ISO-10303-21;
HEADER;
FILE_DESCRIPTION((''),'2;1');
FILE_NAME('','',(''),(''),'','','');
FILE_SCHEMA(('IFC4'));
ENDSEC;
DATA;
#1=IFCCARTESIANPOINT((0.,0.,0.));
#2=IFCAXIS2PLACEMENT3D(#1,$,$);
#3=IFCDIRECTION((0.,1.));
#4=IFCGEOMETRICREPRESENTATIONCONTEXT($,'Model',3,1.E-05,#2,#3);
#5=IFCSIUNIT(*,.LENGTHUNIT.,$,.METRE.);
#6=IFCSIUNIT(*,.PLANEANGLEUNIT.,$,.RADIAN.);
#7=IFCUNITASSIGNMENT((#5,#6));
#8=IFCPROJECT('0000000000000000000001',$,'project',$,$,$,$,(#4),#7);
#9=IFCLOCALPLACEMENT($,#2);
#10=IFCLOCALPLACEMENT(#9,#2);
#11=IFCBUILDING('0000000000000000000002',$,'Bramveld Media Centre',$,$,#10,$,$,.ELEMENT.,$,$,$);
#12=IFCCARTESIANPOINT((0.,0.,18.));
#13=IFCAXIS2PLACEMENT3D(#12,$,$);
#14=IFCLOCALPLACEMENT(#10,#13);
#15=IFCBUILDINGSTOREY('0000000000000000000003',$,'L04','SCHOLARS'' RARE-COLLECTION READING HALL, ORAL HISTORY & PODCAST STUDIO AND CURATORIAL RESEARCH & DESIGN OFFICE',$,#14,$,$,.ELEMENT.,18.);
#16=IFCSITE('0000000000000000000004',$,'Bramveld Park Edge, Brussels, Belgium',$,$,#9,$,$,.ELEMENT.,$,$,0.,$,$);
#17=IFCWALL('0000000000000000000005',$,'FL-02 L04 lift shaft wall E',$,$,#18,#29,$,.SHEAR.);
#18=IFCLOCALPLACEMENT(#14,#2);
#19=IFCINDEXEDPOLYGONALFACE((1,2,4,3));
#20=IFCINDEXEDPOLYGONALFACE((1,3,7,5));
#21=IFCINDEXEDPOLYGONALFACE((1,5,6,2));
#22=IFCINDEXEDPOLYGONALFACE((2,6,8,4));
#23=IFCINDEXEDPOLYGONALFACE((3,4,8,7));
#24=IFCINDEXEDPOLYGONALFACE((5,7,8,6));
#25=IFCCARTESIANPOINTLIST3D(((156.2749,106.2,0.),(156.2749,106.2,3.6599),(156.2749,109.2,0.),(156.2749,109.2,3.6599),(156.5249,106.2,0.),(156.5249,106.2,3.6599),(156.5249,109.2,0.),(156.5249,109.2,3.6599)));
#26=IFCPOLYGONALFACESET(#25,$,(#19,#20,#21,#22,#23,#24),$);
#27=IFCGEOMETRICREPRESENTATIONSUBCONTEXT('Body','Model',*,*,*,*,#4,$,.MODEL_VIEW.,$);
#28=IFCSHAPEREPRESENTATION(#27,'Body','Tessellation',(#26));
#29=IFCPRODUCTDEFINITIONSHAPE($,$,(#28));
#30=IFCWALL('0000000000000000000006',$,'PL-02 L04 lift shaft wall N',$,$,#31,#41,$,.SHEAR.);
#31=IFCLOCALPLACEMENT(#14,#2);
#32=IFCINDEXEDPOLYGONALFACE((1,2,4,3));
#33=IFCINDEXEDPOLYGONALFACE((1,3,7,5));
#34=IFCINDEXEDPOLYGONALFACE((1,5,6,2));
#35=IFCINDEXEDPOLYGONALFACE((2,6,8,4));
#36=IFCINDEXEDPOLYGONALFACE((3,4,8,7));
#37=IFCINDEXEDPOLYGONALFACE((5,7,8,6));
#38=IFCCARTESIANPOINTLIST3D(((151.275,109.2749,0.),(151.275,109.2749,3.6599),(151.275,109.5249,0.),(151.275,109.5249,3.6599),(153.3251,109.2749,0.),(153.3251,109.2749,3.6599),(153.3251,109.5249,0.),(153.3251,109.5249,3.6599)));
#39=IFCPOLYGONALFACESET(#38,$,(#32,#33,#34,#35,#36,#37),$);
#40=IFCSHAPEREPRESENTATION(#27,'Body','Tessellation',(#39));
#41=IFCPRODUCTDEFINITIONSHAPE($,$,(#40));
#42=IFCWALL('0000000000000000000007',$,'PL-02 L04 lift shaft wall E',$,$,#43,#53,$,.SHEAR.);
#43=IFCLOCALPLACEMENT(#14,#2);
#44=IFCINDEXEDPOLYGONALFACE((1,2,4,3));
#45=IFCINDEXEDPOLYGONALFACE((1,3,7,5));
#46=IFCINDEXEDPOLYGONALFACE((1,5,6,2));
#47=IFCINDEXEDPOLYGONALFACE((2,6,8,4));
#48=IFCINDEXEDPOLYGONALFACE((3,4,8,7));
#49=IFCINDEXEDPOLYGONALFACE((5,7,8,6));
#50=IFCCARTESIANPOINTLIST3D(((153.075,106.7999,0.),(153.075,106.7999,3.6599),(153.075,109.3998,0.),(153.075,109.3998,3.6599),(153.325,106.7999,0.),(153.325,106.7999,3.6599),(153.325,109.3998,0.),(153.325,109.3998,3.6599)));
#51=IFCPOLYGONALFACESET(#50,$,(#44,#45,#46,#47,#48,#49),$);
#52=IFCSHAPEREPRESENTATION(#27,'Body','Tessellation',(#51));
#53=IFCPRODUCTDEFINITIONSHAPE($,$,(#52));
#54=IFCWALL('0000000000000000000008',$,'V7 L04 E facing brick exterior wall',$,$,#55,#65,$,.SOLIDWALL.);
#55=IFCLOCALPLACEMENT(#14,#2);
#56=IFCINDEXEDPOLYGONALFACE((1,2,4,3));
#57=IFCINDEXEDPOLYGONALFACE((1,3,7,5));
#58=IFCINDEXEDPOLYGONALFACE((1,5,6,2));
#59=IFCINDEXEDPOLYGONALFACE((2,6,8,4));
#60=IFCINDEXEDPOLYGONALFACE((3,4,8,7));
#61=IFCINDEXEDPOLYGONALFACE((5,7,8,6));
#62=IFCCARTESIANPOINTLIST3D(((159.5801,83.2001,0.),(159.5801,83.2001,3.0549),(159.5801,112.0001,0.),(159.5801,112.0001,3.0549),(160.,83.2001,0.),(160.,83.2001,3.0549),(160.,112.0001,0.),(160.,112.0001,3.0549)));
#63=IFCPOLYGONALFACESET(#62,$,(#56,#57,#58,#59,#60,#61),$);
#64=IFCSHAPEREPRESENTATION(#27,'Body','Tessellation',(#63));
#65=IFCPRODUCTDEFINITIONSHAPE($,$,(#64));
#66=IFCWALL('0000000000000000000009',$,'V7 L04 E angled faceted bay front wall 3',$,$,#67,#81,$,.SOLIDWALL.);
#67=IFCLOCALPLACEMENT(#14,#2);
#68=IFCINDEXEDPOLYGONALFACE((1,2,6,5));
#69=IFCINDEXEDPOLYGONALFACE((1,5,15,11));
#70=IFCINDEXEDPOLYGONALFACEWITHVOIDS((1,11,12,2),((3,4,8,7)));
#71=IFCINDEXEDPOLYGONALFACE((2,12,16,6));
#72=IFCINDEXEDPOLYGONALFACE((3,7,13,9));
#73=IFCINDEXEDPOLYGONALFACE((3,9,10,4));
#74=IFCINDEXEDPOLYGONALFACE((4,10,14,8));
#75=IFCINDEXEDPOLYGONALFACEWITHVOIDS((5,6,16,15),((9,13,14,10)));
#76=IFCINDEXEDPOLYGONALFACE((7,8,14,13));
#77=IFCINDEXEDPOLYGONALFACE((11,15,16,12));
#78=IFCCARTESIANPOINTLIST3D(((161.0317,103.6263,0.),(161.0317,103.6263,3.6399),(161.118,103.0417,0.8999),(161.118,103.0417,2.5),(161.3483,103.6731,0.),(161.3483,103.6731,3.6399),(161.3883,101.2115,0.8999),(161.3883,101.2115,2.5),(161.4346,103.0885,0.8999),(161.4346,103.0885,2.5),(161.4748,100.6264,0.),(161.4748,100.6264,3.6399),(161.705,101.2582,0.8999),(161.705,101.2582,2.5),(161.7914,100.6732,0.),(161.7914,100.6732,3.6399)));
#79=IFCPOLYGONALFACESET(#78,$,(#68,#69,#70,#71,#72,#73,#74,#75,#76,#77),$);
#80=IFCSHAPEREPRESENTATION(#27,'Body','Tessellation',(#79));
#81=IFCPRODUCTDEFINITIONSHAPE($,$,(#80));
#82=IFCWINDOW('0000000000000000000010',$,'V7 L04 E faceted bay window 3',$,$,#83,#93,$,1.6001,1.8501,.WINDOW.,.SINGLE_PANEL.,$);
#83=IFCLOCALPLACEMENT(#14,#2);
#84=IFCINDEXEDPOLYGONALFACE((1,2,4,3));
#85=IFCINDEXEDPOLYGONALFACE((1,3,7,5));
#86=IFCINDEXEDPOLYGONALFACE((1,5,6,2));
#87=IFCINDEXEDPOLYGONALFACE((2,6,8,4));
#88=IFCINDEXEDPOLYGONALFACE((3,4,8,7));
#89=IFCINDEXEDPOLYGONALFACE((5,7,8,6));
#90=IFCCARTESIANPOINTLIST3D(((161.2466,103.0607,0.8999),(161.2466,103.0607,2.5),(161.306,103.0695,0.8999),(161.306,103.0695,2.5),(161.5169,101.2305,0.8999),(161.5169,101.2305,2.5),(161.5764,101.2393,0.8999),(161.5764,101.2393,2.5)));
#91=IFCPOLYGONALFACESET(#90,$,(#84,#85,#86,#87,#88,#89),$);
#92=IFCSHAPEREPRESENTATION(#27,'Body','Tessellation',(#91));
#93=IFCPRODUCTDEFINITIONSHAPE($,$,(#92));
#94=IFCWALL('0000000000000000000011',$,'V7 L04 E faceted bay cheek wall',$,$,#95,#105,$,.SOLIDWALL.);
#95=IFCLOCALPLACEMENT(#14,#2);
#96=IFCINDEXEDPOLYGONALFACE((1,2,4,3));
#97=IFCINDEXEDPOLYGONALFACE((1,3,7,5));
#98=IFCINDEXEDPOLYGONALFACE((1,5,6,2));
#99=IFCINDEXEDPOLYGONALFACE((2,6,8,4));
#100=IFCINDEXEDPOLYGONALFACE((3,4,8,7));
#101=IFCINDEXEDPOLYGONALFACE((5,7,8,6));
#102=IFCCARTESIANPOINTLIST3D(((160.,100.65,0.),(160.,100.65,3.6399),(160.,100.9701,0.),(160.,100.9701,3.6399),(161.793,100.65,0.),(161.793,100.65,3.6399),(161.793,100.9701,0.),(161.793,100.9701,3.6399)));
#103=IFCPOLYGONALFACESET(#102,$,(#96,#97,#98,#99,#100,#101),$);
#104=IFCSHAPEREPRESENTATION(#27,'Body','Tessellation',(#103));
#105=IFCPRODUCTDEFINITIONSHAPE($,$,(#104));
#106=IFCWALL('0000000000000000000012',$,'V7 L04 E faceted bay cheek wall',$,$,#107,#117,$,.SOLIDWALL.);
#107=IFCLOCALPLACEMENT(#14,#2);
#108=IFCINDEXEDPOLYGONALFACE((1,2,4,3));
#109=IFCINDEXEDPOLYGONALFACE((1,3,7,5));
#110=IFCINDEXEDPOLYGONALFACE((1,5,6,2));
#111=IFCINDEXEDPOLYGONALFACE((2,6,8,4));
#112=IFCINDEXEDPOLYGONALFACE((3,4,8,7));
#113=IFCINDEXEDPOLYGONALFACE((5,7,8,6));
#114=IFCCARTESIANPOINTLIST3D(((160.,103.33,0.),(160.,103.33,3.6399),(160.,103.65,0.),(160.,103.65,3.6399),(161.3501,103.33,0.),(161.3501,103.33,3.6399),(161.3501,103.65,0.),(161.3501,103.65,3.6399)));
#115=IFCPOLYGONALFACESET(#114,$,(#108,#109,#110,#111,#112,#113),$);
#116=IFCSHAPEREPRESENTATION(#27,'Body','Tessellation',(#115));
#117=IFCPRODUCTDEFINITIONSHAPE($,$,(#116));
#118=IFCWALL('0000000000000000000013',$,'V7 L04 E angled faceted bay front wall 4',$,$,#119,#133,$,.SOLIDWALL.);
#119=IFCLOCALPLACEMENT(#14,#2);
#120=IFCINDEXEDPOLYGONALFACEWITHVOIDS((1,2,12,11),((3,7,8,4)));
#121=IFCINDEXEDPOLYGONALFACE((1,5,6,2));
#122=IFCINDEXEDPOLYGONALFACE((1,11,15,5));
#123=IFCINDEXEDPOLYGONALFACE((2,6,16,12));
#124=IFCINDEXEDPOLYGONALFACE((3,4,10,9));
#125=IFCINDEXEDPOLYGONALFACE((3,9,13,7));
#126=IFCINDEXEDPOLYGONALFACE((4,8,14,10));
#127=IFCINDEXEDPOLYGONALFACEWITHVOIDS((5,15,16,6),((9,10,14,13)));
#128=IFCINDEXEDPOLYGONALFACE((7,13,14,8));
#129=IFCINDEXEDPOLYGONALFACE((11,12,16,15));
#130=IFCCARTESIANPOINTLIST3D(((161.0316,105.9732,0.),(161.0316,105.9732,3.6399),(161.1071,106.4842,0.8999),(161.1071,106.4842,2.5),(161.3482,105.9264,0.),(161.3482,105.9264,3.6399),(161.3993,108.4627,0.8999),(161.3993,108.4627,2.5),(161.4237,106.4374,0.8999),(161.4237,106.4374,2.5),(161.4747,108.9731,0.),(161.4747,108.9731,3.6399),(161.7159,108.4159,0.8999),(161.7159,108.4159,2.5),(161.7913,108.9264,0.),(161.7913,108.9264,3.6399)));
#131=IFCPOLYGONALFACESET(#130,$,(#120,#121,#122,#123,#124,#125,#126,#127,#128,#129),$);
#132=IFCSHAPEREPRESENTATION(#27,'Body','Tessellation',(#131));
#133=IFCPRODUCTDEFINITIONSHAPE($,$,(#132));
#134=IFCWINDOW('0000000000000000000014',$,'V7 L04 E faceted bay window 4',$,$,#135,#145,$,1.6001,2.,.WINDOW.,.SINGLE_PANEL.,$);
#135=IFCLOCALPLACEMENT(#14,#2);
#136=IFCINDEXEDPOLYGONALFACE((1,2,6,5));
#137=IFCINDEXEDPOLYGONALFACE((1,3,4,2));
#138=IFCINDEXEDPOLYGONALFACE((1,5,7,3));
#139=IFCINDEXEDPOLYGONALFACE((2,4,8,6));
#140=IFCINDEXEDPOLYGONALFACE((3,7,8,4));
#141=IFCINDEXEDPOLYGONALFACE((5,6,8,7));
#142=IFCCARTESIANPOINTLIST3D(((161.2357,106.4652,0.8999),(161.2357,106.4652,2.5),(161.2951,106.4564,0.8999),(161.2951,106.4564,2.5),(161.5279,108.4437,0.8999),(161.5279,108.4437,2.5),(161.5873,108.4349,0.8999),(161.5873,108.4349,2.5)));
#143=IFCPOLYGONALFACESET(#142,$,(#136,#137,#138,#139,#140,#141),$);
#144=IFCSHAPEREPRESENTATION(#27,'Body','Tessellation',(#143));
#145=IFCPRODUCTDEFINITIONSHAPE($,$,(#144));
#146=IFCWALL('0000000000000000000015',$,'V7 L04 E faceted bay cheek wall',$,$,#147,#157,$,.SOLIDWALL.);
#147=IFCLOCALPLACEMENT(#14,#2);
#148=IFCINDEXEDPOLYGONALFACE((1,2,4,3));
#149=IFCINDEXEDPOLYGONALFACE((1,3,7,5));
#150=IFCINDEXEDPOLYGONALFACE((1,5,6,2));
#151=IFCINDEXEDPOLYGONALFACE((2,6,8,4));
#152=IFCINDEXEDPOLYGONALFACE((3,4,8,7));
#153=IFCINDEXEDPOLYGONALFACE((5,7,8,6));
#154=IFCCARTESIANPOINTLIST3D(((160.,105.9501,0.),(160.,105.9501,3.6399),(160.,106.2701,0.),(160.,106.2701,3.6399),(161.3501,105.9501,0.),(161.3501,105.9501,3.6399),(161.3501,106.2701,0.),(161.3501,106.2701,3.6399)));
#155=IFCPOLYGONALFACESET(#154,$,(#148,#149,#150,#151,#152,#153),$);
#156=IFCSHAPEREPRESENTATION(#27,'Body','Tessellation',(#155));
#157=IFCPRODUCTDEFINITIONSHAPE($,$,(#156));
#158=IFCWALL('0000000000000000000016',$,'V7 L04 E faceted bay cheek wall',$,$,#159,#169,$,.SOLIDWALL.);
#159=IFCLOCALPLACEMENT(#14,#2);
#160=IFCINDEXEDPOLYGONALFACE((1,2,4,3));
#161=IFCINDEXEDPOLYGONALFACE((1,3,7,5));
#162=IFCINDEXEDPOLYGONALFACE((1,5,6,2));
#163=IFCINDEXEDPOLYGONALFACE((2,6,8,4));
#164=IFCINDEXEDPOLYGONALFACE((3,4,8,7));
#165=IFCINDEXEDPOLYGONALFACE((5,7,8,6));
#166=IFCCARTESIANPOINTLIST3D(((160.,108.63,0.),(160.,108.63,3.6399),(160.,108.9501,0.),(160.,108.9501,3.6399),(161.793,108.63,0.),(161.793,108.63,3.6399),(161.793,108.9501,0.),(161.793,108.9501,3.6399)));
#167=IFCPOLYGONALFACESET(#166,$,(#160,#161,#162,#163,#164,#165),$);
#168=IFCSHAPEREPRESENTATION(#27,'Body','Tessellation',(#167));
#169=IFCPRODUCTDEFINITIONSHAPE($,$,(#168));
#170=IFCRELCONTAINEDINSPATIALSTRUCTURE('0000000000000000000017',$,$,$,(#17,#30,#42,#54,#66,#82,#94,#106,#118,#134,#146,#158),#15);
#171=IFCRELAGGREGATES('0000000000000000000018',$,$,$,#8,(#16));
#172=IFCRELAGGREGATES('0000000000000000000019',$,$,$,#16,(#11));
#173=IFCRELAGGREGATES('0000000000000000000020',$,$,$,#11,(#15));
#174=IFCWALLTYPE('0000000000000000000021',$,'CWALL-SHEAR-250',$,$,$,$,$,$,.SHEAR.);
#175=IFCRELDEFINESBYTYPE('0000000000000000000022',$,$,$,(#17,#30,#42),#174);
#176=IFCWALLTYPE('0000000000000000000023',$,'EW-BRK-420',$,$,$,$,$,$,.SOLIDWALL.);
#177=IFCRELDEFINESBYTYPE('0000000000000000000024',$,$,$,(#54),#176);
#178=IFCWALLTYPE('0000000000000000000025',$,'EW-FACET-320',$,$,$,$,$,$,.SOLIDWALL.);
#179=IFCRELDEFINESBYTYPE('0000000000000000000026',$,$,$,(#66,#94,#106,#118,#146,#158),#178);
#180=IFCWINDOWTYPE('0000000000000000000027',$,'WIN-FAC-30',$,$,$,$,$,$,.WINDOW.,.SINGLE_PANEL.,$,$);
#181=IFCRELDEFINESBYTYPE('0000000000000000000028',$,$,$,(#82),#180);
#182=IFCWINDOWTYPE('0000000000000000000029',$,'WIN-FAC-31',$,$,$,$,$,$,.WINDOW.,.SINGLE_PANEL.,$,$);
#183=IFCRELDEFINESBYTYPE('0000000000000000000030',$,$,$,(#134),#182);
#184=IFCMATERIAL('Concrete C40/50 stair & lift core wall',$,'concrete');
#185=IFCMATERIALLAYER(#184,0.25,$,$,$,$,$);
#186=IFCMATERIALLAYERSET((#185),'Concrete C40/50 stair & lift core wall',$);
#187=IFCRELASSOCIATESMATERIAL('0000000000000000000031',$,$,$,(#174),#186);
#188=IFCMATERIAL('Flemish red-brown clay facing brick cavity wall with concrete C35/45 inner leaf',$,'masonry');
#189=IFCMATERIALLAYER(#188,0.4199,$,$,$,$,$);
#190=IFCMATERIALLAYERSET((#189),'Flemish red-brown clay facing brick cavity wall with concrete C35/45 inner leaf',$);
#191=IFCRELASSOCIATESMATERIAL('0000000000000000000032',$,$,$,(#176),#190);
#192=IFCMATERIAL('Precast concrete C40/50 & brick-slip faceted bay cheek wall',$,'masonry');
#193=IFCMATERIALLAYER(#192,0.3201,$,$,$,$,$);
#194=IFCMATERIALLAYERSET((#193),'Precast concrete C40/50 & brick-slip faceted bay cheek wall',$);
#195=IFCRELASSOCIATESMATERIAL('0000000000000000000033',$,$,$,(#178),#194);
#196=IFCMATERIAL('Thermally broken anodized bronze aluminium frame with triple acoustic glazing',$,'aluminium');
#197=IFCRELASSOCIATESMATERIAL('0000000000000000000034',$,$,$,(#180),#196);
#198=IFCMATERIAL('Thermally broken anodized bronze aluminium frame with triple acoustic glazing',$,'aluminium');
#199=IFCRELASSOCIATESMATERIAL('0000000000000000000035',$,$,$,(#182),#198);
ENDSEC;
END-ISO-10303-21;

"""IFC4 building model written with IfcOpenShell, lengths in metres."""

from ifc_helpers import new_model, si_unit, direction, frame, frame_2d, origin, place, context, subcontext, project, spatial, rectangle, extrude, material, layer, layer_set, type_object, element, fill, save


model = new_model("IFC4")

# Units and contexts
model_context = context("Model", 3, precision=1e-05, world=origin(), true_north=direction((0.0, 1.0)))
body_context = subcontext(model_context, "Body", "Model", "MODEL_VIEW")
ifc_project = project(units=[si_unit("LENGTHUNIT", "METRE"), si_unit("PLANEANGLEUNIT", "RADIAN")], contexts=[model_context])

# Site, building, storey
site_placement = place(None, origin())
site = spatial("IfcSite", under=ifc_project, at=site_placement, Name="Bramveld Park Edge, Brussels, Belgium", CompositionType="ELEMENT", RefElevation=0.0)
building_placement = place(site_placement, origin())
building = spatial("IfcBuilding", under=site, at=building_placement, Name="Bramveld Media Centre", CompositionType="ELEMENT")
storey_placement = place(building_placement, frame((0.0, 0.0, 18.0)))
storey = spatial("IfcBuildingStorey", under=building, at=storey_placement, Name="L04", Description="SCHOLARS' RARE-COLLECTION READING HALL, ORAL HISTORY & PODCAST STUDIO AND CURATORIAL RESEARCH & DESIGN OFFICE", CompositionType="ELEMENT", Elevation=18.0)

# Shared definitions
ifc_material_1 = material(Name="Concrete C40/50 stair & lift core wall", Category="concrete")
ifc_layer_1 = layer(ifc_material_1, 0.25)
ifc_layer_set_1 = layer_set([ifc_layer_1], Name="Concrete C40/50 stair & lift core wall")
wall_type_1 = type_object("IfcWallType", Name="CWALL-SHEAR-250", PredefinedType="SHEAR", material=ifc_layer_set_1)

# Walls
for number, where, z_axis, x_axis, name in (
    (1, (156.3999, 106.2, 0.0), (0.0, 0.0, 1.0), (0.0, 1.0, 0.0), "FL-02 L04 lift shaft wall E"),
):
    element("IfcWall", number, at=place(storey_placement, frame(where, z_axis=z_axis, x_axis=x_axis)), inside=storey, type_object=wall_type_1, Name=name, PredefinedType="SHEAR", context=body_context, shape_type="SweptSolid", body=[
        extrude(rectangle(XDim=3.0, YDim=0.25, at=frame_2d((1.5, 0.0))), origin(), (0.0, 0.0, 1.0), 3.6599),
    ])
wall_1_placement = place(storey_placement, frame((153.325, 109.3999, 0.0), z_axis=(0.0, 0.0, 1.0), x_axis=(-1.0, 0.0, 0.0)))
element("IfcWall", 2, at=wall_1_placement, inside=storey, type_object=wall_type_1, Name="PL-02 L04 lift shaft wall N", PredefinedType="SHEAR", context=body_context, shape_type="SweptSolid", body=[
    extrude(rectangle(XDim=2.05, YDim=0.25, at=frame_2d((1.0249, 0.0))), origin(), (0.0, 0.0, 1.0), 3.6599),
])
wall_2_placement = place(storey_placement, frame((153.2, 106.8, 0.0), z_axis=(0.0, 0.0, 1.0), x_axis=(0.0, 1.0, 0.0)))
element("IfcWall", 3, at=wall_2_placement, inside=storey, type_object=wall_type_1, Name="PL-02 L04 lift shaft wall E", PredefinedType="SHEAR", context=body_context, shape_type="SweptSolid", body=[
    extrude(rectangle(XDim=2.5999, YDim=0.25, at=frame_2d((1.2998, 0.0))), origin(), (0.0, 0.0, 1.0), 3.6599),
])
ifc_material_2 = material(Name="Flemish red-brown clay facing brick cavity wall with concrete C35/45 inner leaf", Category="masonry")
ifc_layer_2 = layer(ifc_material_2, 0.4199)
ifc_layer_set_2 = layer_set([ifc_layer_2], Name="Flemish red-brown clay facing brick cavity wall with concrete C35/45 inner leaf")
wall_type_2 = type_object("IfcWallType", Name="EW-BRK-420", PredefinedType="SOLIDWALL", material=ifc_layer_set_2)
wall_3_placement = place(storey_placement, frame((159.79, 112.0, 0.0), z_axis=(0.0, 0.0, 1.0), x_axis=(0.0, -1.0, 0.0)))
element("IfcWall", 4, at=wall_3_placement, inside=storey, type_object=wall_type_2, Name="V7 L04 E facing brick exterior wall", PredefinedType="SOLIDWALL", context=body_context, shape_type="SweptSolid", body=[
    extrude(rectangle(XDim=28.8, YDim=0.4199, at=frame_2d((14.3999, 0.0))), origin(), (0.0, 0.0, 1.0), 3.0549),
])

# Wall, opening, window
ifc_material_3 = material(Name="Precast concrete C40/50 & brick-slip faceted bay cheek wall", Category="masonry")
ifc_layer_3 = layer(ifc_material_3, 0.3201)
ifc_layer_set_3 = layer_set([ifc_layer_3], Name="Precast concrete C40/50 & brick-slip faceted bay cheek wall")
wall_type_3 = type_object("IfcWallType", Name="EW-FACET-320", PredefinedType="SOLIDWALL", material=ifc_layer_set_3)
wall_4_placement = place(storey_placement, frame((161.6331, 100.6499, 0.0), z_axis=(0.0, 0.0, 1.0), x_axis=(-0.14612, 0.989267, 0.0)))
wall_4 = element("IfcWall", 5, at=wall_4_placement, inside=storey, type_object=wall_type_3, Name="V7 L04 E angled faceted bay front wall 3", PredefinedType="SOLIDWALL", context=body_context, shape_type="SweptSolid", body=[
    extrude(rectangle(XDim=3.0325, YDim=0.3201, at=frame_2d((1.5161, 0.0))), origin(), (0.0, 0.0, 1.0), 3.6399),
])
opening_1_placement = place(wall_4_placement, frame((0.5913, 0.0, 0.8999)))
opening_1 = element("IfcOpeningElement", 6, at=opening_1_placement, cuts=wall_4, PredefinedType="OPENING", context=body_context, shape_type="SweptSolid", body=[
    extrude(rectangle(XDim=1.8501, YDim=1.6001, at=frame_2d((0.925, 0.8))), frame((0.0, 0.1719, 0.0), z_axis=(0.0, -1.0, 0.0), x_axis=(1.0, 0.0, 0.0)), (0.0, 0.0, 1.0), 0.344),
])
ifc_material_4 = material(Name="Thermally broken anodized bronze aluminium frame with triple acoustic glazing", Category="aluminium")
window_type_1 = type_object("IfcWindowType", Name="WIN-FAC-30", PartitioningType="SINGLE_PANEL", PredefinedType="WINDOW", material=ifc_material_4)
window_1_placement = place(opening_1_placement, origin())
window_1 = element("IfcWindow", 7, at=window_1_placement, inside=storey, type_object=window_type_1, Name="V7 L04 E faceted bay window 3", OverallHeight=1.6001, OverallWidth=1.8501, PartitioningType="SINGLE_PANEL", PredefinedType="WINDOW", context=body_context, shape_type="SweptSolid", body=[
    extrude(rectangle(XDim=1.8501, YDim=1.6001, at=frame_2d((0.925, 0.8))), frame((0.0, 0.03, 0.0), z_axis=(0.0, -1.0, 0.0), x_axis=(1.0, 0.0, 0.0)), (0.0, 0.0, 1.0), 0.0601),
])
fill(opening_1, window_1)

# Walls
wall_5_placement = place(storey_placement, frame((160.0, 100.8101, 0.0), z_axis=(0.0, 0.0, 1.0), x_axis=(1.0, 0.0, 0.0)))
element("IfcWall", 8, at=wall_5_placement, inside=storey, type_object=wall_type_3, Name="V7 L04 E faceted bay cheek wall", PredefinedType="SOLIDWALL", context=body_context, shape_type="SweptSolid", body=[
    extrude(rectangle(XDim=1.793, YDim=0.3201, at=frame_2d((0.8965, 0.0))), origin(), (0.0, 0.0, 1.0), 3.6399),
])
wall_6_placement = place(storey_placement, frame((160.0, 103.49, 0.0), z_axis=(0.0, 0.0, 1.0), x_axis=(1.0, 0.0, 0.0)))
element("IfcWall", 9, at=wall_6_placement, inside=storey, type_object=wall_type_3, Name="V7 L04 E faceted bay cheek wall", PredefinedType="SOLIDWALL", context=body_context, shape_type="SweptSolid", body=[
    extrude(rectangle(XDim=1.3501, YDim=0.3201, at=frame_2d((0.675, 0.0))), origin(), (0.0, 0.0, 1.0), 3.6399),
])

# Wall, opening, window
wall_7_placement = place(storey_placement, frame((161.1899, 105.95, 0.0), z_axis=(0.0, 0.0, 1.0), x_axis=(0.14612, 0.989267, 0.0)))
wall_7 = element("IfcWall", 10, at=wall_7_placement, inside=storey, type_object=wall_type_3, Name="V7 L04 E angled faceted bay front wall 4", PredefinedType="SOLIDWALL", context=body_context, shape_type="SweptSolid", body=[
    extrude(rectangle(XDim=3.0325, YDim=0.3201, at=frame_2d((1.5161, 0.0))), origin(), (0.0, 0.0, 1.0), 3.6399),
])
opening_2_placement = place(wall_7_placement, frame((0.5164, 0.0, 0.8999)))
opening_2 = element("IfcOpeningElement", 11, at=opening_2_placement, cuts=wall_7, PredefinedType="OPENING", context=body_context, shape_type="SweptSolid", body=[
    extrude(rectangle(XDim=2.0, YDim=1.6001, at=frame_2d((1.0, 0.8))), frame((0.0, 0.1719, 0.0), z_axis=(0.0, -1.0, 0.0), x_axis=(1.0, 0.0, 0.0)), (0.0, 0.0, 1.0), 0.344),
])
ifc_material_5 = material(Name="Thermally broken anodized bronze aluminium frame with triple acoustic glazing", Category="aluminium")
window_type_2 = type_object("IfcWindowType", Name="WIN-FAC-31", PartitioningType="SINGLE_PANEL", PredefinedType="WINDOW", material=ifc_material_5)
window_2_placement = place(opening_2_placement, origin())
window_2 = element("IfcWindow", 12, at=window_2_placement, inside=storey, type_object=window_type_2, Name="V7 L04 E faceted bay window 4", OverallHeight=1.6001, OverallWidth=2.0, PartitioningType="SINGLE_PANEL", PredefinedType="WINDOW", context=body_context, shape_type="SweptSolid", body=[
    extrude(rectangle(XDim=2.0, YDim=1.6001, at=frame_2d((1.0, 0.8))), frame((0.0, 0.03, 0.0), z_axis=(0.0, -1.0, 0.0), x_axis=(1.0, 0.0, 0.0)), (0.0, 0.0, 1.0), 0.0601),
])
fill(opening_2, window_2)

# Walls
wall_8_placement = place(storey_placement, frame((160.0, 106.1101, 0.0), z_axis=(0.0, 0.0, 1.0), x_axis=(1.0, 0.0, 0.0)))
element("IfcWall", 13, at=wall_8_placement, inside=storey, type_object=wall_type_3, Name="V7 L04 E faceted bay cheek wall", PredefinedType="SOLIDWALL", context=body_context, shape_type="SweptSolid", body=[
    extrude(rectangle(XDim=1.3501, YDim=0.3201, at=frame_2d((0.675, 0.0))), origin(), (0.0, 0.0, 1.0), 3.6399),
])
wall_9_placement = place(storey_placement, frame((160.0, 108.79, 0.0), z_axis=(0.0, 0.0, 1.0), x_axis=(1.0, 0.0, 0.0)))
element("IfcWall", 14, at=wall_9_placement, inside=storey, type_object=wall_type_3, Name="V7 L04 E faceted bay cheek wall", PredefinedType="SOLIDWALL", context=body_context, shape_type="SweptSolid", body=[
    extrude(rectangle(XDim=1.793, YDim=0.3201, at=frame_2d((0.8965, 0.0))), origin(), (0.0, 0.0, 1.0), 3.6399),
])

save(model, "model.ifc")
